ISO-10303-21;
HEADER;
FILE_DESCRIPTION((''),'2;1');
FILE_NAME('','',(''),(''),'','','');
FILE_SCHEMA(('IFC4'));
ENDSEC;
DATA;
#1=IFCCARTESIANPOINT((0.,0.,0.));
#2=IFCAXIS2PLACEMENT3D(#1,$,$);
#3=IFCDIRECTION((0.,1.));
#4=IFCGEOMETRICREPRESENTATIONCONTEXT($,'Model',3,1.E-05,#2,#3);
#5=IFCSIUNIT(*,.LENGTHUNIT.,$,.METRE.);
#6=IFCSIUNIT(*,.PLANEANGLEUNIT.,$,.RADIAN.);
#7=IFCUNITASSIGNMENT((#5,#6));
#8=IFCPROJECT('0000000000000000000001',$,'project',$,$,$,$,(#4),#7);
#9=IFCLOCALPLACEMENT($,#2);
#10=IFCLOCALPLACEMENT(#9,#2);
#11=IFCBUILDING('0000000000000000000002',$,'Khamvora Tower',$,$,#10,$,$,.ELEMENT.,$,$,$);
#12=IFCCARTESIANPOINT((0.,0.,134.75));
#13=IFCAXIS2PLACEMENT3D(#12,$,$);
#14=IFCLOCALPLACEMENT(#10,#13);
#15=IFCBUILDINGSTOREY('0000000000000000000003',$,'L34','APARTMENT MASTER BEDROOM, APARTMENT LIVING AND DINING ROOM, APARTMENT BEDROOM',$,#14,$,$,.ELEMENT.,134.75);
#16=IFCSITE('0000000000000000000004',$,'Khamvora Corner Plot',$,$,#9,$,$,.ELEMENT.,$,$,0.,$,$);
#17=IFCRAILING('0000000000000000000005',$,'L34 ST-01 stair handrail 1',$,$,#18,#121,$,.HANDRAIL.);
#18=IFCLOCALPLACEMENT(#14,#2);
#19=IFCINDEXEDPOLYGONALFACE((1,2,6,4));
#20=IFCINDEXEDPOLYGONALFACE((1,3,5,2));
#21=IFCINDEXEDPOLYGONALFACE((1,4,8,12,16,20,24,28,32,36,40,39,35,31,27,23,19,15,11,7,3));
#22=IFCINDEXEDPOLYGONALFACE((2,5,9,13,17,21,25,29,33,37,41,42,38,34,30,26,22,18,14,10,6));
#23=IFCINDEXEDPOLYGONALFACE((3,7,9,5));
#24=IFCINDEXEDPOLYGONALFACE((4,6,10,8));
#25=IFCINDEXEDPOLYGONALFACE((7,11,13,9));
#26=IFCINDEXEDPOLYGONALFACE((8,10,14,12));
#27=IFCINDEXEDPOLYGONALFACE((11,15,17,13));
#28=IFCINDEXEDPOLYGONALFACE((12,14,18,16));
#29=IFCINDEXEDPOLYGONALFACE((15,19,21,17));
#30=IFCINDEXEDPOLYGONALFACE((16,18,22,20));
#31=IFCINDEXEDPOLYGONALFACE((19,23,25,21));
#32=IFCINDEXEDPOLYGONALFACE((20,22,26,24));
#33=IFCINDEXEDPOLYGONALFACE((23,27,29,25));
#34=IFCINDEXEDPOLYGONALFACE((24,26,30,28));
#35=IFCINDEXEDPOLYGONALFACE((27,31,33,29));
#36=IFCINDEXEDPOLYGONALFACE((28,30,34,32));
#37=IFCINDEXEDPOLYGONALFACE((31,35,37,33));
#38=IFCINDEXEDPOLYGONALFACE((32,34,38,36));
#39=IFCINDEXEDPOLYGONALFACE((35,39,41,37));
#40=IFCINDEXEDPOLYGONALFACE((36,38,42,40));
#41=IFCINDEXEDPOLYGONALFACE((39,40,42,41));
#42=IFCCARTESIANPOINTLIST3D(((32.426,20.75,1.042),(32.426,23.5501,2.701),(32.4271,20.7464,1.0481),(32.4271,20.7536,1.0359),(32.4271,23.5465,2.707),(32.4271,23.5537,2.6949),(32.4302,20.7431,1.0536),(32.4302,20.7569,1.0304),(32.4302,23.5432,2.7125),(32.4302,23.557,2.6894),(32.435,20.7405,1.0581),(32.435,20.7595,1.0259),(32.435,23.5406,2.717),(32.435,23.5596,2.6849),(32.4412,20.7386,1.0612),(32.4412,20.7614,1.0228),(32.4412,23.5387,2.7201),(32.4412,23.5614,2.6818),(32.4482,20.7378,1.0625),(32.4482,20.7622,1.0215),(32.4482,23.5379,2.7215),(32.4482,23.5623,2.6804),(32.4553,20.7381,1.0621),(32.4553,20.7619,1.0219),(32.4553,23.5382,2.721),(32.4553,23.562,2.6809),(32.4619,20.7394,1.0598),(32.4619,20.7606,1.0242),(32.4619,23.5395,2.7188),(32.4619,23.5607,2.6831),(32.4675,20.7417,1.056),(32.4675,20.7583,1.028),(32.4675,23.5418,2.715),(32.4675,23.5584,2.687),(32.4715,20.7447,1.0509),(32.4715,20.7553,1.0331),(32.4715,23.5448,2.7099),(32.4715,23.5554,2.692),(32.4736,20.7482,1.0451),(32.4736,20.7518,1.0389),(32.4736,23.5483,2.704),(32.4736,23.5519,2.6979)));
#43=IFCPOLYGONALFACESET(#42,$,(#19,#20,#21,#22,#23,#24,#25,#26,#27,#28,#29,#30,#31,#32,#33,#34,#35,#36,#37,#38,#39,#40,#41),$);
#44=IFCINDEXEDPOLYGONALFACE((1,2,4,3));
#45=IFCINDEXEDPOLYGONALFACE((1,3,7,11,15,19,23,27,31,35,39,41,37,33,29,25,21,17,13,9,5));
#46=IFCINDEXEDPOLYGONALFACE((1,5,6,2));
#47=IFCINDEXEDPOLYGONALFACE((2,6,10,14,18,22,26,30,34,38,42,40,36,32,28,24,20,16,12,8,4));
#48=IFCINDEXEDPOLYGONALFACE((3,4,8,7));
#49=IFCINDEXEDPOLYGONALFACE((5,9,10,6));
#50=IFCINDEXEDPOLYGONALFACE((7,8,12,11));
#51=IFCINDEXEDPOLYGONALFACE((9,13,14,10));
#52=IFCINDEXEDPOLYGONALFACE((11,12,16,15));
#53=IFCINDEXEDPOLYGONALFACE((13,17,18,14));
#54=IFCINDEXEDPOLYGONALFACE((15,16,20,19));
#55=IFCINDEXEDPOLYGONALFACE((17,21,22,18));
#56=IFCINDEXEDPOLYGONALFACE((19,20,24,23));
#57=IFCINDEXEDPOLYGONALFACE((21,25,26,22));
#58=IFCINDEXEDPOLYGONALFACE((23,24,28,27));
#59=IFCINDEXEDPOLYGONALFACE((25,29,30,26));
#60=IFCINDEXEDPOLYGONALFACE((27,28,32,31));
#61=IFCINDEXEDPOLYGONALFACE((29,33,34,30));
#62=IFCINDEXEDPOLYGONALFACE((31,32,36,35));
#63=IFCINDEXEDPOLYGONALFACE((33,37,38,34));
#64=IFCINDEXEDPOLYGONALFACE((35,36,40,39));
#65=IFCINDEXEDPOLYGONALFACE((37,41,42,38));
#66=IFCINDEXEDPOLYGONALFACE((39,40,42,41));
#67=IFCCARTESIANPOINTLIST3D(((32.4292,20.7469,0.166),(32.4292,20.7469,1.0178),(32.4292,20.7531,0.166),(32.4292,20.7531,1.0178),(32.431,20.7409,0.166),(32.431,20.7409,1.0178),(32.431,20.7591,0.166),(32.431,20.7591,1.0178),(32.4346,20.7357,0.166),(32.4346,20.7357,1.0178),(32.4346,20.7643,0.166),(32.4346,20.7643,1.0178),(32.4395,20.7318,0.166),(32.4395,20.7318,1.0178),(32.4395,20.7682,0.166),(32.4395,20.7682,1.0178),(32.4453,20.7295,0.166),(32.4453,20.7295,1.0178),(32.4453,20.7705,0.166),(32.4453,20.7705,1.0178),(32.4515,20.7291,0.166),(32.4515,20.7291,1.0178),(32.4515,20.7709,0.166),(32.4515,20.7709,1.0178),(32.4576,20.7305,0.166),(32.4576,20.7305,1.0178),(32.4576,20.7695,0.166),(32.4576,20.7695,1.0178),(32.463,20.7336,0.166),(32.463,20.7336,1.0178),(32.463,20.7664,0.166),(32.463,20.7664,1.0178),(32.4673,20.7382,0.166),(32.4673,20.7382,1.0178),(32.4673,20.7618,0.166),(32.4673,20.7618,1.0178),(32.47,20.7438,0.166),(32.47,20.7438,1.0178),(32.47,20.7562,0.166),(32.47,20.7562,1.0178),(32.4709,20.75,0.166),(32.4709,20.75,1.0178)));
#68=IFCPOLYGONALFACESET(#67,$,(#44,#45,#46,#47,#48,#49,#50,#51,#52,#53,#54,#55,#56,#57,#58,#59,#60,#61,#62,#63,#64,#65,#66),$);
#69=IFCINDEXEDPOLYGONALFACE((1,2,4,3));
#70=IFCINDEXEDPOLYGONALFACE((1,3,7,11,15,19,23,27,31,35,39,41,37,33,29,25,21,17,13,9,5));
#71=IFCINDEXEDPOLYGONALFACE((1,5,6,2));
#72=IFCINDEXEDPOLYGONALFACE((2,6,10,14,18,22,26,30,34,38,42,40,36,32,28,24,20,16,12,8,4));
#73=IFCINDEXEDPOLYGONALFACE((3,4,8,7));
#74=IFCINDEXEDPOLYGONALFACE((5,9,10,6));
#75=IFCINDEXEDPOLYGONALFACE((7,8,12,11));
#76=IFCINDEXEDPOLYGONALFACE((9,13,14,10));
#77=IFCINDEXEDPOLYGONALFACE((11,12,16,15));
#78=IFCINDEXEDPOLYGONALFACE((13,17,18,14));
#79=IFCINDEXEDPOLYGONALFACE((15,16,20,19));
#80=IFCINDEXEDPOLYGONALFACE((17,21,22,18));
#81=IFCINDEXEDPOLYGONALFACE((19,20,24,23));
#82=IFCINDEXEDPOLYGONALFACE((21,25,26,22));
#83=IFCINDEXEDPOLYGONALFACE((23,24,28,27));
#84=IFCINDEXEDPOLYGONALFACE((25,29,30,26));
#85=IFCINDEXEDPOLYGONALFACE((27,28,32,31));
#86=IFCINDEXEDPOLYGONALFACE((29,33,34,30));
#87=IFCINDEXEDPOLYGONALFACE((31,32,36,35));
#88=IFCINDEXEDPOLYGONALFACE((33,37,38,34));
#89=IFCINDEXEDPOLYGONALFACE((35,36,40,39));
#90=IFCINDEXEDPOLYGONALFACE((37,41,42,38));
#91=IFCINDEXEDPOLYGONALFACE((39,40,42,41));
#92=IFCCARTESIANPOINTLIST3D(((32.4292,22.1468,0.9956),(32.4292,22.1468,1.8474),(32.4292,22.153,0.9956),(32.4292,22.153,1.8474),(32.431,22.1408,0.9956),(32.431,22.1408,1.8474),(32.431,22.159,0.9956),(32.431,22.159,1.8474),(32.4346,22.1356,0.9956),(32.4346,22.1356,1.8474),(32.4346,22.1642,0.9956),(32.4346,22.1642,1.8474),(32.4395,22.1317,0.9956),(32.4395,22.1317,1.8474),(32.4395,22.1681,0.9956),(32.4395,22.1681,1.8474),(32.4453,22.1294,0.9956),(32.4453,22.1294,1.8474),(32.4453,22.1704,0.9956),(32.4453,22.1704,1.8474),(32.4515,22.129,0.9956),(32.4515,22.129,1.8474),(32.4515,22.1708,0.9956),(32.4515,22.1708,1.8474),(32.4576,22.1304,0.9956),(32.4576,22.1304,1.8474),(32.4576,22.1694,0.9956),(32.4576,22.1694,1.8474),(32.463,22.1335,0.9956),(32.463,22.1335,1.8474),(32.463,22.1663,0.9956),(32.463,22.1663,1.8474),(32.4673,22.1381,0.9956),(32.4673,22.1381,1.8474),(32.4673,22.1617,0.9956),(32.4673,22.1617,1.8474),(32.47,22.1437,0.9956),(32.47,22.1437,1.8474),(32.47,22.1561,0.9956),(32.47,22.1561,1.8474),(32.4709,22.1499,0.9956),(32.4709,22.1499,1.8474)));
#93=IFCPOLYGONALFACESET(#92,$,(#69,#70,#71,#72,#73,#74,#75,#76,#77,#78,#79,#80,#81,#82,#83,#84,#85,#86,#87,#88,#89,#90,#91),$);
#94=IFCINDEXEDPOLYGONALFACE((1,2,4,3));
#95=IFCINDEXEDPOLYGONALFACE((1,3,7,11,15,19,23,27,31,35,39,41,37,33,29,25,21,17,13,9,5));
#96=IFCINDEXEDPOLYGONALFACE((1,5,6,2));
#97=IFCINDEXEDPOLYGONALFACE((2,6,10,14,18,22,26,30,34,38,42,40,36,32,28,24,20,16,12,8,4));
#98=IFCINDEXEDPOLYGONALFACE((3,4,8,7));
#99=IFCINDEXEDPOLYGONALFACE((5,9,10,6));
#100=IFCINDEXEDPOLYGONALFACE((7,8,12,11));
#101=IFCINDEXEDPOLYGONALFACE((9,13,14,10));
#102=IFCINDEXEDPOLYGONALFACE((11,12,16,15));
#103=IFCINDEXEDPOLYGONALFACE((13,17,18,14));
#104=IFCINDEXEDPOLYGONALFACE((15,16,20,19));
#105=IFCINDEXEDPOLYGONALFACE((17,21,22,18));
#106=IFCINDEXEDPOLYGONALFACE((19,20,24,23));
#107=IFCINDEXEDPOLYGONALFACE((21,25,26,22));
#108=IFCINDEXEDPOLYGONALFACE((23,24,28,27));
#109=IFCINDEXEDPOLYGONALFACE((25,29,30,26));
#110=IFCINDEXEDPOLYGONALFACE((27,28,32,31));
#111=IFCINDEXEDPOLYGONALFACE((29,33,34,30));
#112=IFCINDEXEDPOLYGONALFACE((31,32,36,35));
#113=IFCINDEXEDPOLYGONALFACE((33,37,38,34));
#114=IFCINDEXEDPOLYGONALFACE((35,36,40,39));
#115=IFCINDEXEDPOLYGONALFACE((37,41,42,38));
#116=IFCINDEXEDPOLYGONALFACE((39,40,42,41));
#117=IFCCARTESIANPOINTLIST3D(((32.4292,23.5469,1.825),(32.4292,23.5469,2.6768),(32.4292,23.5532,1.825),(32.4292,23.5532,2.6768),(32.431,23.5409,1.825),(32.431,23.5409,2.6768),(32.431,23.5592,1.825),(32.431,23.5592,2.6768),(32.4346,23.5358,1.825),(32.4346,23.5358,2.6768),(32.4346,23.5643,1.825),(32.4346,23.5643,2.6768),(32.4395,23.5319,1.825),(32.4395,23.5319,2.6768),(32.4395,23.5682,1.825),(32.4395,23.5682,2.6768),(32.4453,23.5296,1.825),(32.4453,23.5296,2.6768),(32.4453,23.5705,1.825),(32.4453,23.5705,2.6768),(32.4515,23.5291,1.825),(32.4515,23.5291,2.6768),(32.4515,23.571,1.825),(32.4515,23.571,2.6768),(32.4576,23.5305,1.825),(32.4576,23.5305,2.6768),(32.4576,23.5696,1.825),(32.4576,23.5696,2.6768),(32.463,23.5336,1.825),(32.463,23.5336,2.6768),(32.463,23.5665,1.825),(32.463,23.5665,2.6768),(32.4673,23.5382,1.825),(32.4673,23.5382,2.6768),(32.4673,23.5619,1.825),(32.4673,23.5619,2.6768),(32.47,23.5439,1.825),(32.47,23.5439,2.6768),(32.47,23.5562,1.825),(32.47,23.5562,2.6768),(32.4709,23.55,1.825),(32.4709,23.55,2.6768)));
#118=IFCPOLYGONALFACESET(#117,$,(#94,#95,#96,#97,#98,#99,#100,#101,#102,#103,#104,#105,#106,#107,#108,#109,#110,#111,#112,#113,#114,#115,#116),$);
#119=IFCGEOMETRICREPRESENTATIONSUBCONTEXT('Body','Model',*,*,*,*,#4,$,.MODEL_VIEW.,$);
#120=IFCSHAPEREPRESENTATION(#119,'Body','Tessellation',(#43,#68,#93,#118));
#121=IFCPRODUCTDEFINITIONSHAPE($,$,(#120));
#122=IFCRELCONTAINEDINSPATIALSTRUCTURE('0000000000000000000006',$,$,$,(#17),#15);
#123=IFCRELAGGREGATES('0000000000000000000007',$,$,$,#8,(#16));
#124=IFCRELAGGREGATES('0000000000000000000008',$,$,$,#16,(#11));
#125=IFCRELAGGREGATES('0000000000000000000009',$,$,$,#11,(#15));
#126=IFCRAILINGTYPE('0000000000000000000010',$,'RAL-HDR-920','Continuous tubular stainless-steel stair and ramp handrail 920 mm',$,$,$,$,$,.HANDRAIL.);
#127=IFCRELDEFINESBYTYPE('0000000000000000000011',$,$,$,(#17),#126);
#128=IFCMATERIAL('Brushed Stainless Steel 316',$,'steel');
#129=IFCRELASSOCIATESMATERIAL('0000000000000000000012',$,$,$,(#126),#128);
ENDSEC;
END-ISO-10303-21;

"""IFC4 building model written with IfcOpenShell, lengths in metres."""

from ifc_helpers import new_model, si_unit, direction, frame, origin, origin_2d, place, context, subcontext, project, spatial, circle, extrude, material, type_object, element, save


model = new_model("IFC4")

# Units and contexts
model_context = context("Model", 3, precision=1e-05, world=origin(), true_north=direction((0.0, 1.0)))
body_context = subcontext(model_context, "Body", "Model", "MODEL_VIEW")
ifc_project = project(units=[si_unit("LENGTHUNIT", "METRE"), si_unit("PLANEANGLEUNIT", "RADIAN")], contexts=[model_context])

# Site, building, storey
site_placement = place(None, origin())
site = spatial("IfcSite", under=ifc_project, at=site_placement, Name="Khamvora Corner Plot", CompositionType="ELEMENT", RefElevation=0.0)
building_placement = place(site_placement, origin())
building = spatial("IfcBuilding", under=site, at=building_placement, Name="Khamvora Tower", CompositionType="ELEMENT")
storey_placement = place(building_placement, frame((0.0, 0.0, 134.75)))
storey = spatial("IfcBuildingStorey", under=building, at=storey_placement, Name="L34", Description="APARTMENT MASTER BEDROOM, APARTMENT LIVING AND DINING ROOM, APARTMENT BEDROOM", CompositionType="ELEMENT", Elevation=134.75)

# Railing
ifc_material_1 = material(Name="Brushed Stainless Steel 316", Category="steel")
railing_type_1 = type_object("IfcRailingType", Name="RAL-HDR-920", Description="Continuous tubular stainless-steel stair and ramp handrail 920 mm", PredefinedType="HANDRAIL", material=ifc_material_1)
railing_1_placement = place(storey_placement, frame((32.45, 20.75, 0.166)))
element("IfcRailing", 1, at=railing_1_placement, inside=storey, type_object=railing_type_1, Name="L34 ST-01 stair handrail 1", PredefinedType="HANDRAIL", context=body_context, shape_type="SweptSolid", body=[
    extrude(circle(Radius=0.0239, at=origin_2d()), frame((0.0, 0.0, 0.876), z_axis=(0.0, 0.860339, 0.509722), x_axis=(-1.0, 0.0, 0.0)), (0.0, 0.0, 1.0), 3.2546),
    extrude(circle(Radius=0.021, at=origin_2d()), origin(), (0.0, 0.0, 1.0), 0.8518),
    extrude(circle(Radius=0.021, at=origin_2d()), frame((0.0, 1.3999, 0.8296)), (0.0, 0.0, 1.0), 0.8518),
    extrude(circle(Radius=0.021, at=origin_2d()), frame((0.0, 2.8, 1.6589)), (0.0, 0.0, 1.0), 0.8518),
])

save(model, "model.ifc")
